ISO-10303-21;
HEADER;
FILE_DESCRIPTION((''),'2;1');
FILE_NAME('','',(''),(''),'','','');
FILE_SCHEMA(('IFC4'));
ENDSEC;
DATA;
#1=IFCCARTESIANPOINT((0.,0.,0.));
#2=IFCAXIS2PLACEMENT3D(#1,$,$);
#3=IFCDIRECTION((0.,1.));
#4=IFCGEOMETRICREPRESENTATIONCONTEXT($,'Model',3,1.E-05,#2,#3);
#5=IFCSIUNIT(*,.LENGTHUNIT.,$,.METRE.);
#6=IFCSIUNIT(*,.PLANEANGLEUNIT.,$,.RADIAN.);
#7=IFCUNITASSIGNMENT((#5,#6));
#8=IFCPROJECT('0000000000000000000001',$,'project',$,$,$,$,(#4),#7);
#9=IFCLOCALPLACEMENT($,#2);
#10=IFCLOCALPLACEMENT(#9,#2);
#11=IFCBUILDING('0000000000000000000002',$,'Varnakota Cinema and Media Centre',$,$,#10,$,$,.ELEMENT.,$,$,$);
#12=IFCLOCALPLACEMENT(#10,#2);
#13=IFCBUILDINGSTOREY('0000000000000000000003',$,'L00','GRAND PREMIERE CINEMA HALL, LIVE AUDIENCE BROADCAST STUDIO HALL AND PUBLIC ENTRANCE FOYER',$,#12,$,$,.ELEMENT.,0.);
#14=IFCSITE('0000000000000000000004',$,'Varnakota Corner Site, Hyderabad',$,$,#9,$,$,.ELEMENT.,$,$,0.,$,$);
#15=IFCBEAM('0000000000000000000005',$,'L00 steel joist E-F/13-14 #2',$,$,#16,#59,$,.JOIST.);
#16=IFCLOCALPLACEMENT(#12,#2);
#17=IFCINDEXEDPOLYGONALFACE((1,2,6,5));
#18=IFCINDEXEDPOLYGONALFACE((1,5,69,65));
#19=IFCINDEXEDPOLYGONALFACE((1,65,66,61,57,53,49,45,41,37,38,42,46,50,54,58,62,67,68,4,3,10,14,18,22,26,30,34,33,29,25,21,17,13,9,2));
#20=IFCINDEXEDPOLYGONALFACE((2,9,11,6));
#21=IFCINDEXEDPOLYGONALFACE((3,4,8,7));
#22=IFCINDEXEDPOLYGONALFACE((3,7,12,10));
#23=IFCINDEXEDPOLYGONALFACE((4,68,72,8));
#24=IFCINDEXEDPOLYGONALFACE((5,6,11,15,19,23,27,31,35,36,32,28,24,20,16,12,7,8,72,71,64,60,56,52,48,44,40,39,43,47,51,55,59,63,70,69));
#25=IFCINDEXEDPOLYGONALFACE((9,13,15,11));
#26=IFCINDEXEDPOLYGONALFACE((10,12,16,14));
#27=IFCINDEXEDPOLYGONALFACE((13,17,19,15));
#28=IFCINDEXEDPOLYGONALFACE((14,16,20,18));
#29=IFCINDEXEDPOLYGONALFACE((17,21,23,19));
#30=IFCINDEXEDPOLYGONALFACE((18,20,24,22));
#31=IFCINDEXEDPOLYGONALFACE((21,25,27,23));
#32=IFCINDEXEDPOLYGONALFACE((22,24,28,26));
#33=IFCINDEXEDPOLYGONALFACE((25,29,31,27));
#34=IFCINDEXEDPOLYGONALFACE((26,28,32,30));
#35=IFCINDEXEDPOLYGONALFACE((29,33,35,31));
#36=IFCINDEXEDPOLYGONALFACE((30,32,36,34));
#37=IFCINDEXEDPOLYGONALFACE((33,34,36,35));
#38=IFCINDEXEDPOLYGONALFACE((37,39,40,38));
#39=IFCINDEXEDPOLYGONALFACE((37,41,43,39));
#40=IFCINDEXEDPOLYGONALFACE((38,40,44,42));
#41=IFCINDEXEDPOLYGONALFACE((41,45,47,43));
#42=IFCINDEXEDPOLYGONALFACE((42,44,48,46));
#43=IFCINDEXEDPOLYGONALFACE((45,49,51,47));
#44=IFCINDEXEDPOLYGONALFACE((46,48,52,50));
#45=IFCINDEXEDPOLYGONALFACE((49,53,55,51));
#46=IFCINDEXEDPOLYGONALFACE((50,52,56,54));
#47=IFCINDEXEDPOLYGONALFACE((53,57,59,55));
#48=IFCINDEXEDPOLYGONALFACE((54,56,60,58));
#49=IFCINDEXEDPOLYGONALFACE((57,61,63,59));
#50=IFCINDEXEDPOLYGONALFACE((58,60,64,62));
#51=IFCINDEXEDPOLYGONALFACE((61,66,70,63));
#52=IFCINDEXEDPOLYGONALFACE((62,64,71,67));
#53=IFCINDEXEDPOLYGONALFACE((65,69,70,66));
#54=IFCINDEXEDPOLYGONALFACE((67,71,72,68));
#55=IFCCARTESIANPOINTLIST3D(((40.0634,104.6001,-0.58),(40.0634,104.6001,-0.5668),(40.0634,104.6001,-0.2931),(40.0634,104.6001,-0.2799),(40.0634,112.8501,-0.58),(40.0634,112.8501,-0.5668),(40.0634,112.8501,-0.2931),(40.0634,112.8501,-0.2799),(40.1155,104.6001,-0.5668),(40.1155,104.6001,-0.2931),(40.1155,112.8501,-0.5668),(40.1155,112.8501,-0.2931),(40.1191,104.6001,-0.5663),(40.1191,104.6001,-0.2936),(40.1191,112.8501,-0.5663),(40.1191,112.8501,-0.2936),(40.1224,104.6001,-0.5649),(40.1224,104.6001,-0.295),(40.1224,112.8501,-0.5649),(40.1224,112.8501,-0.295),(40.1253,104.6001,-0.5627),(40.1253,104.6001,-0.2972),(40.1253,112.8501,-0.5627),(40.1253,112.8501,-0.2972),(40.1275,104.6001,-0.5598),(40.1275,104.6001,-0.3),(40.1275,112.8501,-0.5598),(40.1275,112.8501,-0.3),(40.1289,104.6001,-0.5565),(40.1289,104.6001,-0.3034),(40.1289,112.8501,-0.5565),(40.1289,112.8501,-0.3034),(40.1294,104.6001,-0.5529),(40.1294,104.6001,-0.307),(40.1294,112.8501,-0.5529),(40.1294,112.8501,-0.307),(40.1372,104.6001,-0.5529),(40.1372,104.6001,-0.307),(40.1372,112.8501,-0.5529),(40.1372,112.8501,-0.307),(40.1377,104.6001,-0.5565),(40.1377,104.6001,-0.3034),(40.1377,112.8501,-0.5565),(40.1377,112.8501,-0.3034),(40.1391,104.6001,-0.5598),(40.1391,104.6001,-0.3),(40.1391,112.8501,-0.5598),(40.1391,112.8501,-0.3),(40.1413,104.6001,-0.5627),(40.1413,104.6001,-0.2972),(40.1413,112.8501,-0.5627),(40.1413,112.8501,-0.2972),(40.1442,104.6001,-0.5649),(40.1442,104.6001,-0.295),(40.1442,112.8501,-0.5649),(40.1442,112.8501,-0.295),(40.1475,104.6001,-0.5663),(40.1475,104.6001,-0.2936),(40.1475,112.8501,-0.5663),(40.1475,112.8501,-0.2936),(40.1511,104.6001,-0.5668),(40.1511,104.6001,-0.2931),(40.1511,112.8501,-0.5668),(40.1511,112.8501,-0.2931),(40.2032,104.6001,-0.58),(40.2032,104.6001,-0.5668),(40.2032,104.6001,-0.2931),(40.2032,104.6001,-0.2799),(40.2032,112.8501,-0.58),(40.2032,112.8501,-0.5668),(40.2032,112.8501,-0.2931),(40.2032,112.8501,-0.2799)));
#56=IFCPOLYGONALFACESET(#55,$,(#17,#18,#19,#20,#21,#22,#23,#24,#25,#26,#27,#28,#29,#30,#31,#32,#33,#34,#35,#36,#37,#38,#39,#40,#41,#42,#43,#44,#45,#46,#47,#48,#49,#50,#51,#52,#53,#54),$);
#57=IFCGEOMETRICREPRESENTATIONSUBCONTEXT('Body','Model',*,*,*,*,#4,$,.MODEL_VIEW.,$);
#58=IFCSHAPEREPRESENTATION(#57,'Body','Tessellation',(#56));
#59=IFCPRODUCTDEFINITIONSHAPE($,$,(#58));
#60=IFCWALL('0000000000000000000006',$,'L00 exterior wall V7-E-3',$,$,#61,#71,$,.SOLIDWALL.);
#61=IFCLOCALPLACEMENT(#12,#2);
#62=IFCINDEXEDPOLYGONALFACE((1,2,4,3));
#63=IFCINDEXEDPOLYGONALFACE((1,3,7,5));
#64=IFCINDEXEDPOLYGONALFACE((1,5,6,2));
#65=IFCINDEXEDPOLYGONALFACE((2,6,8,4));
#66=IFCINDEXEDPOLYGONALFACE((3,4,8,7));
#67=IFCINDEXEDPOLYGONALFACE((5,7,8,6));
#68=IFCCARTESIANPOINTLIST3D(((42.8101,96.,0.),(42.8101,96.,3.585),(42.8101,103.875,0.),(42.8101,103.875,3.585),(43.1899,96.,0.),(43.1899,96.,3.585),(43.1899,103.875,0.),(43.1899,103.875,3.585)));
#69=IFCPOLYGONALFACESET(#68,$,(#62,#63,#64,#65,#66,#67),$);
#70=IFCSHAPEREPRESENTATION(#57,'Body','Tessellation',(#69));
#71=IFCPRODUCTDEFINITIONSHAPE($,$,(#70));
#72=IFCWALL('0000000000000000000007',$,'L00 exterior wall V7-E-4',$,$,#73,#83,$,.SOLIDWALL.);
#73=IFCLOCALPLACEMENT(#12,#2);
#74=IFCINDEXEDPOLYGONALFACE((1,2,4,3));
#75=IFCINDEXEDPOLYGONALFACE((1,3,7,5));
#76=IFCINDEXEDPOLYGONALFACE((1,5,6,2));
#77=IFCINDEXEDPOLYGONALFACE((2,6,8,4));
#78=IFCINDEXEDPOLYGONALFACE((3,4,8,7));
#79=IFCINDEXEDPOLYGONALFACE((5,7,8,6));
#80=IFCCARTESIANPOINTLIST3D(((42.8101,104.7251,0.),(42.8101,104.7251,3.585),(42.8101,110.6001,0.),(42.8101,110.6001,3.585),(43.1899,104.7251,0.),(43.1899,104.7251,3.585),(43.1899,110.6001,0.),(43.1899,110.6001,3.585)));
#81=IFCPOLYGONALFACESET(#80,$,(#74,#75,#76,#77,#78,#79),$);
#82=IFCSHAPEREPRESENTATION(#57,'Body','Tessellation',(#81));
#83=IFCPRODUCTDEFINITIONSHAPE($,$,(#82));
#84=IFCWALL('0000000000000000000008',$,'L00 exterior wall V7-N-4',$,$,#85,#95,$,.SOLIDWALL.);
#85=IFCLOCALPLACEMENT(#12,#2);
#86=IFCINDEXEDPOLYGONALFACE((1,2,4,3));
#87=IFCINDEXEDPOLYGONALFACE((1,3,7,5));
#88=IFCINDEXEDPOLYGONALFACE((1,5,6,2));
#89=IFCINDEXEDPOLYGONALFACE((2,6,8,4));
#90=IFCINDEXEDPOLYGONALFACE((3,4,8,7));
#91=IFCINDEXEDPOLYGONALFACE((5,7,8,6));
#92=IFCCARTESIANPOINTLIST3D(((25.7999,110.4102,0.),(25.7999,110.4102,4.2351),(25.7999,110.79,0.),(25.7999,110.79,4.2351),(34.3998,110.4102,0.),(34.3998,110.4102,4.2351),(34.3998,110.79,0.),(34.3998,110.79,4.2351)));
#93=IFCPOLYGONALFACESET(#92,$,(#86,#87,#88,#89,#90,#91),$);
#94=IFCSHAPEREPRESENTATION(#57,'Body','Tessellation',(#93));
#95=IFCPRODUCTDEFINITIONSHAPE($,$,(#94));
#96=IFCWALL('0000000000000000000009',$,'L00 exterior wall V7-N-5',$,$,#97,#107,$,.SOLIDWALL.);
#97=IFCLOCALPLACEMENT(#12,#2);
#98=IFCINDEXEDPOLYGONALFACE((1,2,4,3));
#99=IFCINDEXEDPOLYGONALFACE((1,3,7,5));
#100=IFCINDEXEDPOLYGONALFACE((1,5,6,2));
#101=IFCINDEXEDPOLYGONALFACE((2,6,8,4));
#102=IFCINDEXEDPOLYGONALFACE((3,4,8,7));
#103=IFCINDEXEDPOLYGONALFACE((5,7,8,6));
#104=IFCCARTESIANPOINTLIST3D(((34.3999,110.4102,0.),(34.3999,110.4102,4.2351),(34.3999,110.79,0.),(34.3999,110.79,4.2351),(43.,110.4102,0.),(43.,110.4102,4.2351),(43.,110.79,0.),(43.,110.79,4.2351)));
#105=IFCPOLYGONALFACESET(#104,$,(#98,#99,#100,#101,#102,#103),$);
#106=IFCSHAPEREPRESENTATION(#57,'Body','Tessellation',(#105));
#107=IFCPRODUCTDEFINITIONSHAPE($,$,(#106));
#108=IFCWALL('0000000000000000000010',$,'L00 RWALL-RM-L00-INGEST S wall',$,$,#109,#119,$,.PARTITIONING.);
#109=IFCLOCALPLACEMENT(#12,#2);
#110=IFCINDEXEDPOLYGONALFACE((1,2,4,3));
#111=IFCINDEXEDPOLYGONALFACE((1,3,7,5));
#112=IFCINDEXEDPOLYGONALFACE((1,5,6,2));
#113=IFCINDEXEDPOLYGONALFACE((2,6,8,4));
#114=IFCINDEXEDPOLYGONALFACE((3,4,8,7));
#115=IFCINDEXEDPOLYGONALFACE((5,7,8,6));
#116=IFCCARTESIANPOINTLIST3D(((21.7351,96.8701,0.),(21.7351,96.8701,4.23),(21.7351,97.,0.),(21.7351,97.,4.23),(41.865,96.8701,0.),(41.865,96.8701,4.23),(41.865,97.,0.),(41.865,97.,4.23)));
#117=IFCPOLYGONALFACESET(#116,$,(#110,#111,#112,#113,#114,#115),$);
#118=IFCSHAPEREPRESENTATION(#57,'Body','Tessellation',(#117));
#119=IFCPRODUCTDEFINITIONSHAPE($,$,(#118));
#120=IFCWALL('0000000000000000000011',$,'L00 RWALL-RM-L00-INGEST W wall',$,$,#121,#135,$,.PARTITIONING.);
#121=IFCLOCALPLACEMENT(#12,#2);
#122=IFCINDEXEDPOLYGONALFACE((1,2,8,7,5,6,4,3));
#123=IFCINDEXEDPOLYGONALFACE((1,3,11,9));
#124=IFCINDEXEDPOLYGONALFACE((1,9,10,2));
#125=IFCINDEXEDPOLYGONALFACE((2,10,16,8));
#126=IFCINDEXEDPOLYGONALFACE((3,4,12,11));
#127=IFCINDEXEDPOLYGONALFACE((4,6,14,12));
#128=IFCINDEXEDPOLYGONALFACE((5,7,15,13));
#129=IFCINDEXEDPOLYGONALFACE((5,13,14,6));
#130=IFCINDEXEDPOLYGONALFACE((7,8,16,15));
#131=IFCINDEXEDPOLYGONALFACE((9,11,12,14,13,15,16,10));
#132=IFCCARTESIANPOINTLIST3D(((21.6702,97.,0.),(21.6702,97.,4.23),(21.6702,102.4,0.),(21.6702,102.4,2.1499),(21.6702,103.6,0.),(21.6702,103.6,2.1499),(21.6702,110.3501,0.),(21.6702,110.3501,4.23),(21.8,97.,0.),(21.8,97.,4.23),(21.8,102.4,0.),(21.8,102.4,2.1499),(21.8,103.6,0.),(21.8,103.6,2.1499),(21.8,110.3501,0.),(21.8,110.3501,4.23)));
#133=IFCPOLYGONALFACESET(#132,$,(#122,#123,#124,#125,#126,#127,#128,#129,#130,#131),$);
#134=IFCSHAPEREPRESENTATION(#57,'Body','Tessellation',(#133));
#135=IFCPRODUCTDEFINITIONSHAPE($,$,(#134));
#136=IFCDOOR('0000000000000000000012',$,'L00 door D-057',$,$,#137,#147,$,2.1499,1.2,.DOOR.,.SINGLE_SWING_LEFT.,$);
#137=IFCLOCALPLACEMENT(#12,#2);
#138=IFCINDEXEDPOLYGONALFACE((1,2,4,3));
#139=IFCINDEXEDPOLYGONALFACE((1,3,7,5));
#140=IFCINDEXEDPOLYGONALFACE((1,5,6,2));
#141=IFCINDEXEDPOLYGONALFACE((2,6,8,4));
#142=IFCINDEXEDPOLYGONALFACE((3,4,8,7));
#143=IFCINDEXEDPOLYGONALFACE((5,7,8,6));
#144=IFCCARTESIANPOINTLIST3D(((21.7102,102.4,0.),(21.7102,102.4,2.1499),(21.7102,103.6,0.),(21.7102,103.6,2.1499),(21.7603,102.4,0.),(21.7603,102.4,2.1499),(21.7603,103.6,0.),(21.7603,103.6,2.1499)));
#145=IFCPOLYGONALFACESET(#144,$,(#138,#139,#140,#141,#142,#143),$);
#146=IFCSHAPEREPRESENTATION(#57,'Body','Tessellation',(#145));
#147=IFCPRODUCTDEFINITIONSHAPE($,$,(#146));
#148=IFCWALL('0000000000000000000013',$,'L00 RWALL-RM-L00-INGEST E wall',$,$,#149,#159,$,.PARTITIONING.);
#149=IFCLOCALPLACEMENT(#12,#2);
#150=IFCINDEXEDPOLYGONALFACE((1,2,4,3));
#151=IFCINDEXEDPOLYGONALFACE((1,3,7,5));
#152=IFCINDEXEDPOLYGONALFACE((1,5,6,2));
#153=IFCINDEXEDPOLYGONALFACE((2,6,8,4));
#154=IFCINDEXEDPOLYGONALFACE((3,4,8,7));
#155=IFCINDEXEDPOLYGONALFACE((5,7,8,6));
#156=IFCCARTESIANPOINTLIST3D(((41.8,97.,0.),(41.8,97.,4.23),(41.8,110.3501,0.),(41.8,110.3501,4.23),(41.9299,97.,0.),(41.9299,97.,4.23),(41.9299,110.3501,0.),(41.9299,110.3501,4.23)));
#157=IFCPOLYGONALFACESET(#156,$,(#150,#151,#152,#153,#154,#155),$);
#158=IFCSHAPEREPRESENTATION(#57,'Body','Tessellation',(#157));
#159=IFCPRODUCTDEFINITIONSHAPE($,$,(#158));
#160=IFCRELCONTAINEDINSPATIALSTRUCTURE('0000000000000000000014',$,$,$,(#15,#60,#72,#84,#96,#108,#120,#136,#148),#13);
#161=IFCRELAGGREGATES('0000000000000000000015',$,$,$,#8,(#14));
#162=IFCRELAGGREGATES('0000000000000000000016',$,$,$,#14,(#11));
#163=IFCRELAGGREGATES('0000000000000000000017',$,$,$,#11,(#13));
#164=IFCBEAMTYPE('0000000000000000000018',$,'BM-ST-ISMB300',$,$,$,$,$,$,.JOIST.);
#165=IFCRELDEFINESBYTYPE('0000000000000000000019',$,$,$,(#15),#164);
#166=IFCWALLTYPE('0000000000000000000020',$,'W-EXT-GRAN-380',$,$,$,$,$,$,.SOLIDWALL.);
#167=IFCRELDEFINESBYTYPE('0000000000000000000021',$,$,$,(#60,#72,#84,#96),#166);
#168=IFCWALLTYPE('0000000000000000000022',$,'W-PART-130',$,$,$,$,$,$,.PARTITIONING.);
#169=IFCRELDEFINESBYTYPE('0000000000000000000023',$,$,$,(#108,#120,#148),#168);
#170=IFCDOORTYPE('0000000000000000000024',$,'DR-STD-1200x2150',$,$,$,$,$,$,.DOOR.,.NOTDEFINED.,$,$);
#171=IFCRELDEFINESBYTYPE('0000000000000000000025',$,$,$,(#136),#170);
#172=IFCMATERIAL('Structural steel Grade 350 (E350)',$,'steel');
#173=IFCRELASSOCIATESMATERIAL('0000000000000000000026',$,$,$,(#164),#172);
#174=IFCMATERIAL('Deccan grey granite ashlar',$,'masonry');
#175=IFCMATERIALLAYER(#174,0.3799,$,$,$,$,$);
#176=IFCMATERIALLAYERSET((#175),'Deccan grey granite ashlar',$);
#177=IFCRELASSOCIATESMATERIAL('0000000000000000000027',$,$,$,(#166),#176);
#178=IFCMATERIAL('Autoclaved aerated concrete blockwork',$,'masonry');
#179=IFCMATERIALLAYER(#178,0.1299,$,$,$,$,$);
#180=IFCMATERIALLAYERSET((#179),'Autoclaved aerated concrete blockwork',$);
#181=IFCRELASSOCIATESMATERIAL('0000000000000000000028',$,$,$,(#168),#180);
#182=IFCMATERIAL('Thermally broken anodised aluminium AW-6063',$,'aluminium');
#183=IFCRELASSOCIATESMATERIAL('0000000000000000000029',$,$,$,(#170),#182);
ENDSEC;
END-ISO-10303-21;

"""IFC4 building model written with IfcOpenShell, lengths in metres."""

from ifc_helpers import new_model, si_unit, direction, frame, frame_2d, origin, origin_2d, place, context, subcontext, project, spatial, rectangle, i_section, extrude, material, layer, layer_set, material_profile, profile_set, type_object, element, fill, save


model = new_model("IFC4")

# Units and contexts
model_context = context("Model", 3, precision=1e-05, world=origin(), true_north=direction((0.0, 1.0)))
body_context = subcontext(model_context, "Body", "Model", "MODEL_VIEW")
ifc_project = project(units=[si_unit("LENGTHUNIT", "METRE"), si_unit("PLANEANGLEUNIT", "RADIAN")], contexts=[model_context])

# Site, building, storey
site_placement = place(None, origin())
site = spatial("IfcSite", under=ifc_project, at=site_placement, Name="Varnakota Corner Site, Hyderabad", CompositionType="ELEMENT", RefElevation=0.0)
building_placement = place(site_placement, origin())
building = spatial("IfcBuilding", under=site, at=building_placement, Name="Varnakota Cinema and Media Centre", CompositionType="ELEMENT")
storey_placement = place(building_placement, origin())
storey = spatial("IfcBuildingStorey", under=building, at=storey_placement, Name="L00", Description="GRAND PREMIERE CINEMA HALL, LIVE AUDIENCE BROADCAST STUDIO HALL AND PUBLIC ENTRANCE FOYER", CompositionType="ELEMENT", Elevation=0.0)

# Beam
ifc_material_1 = material(Name="Structural steel Grade 350 (E350)", Category="steel")
ifc_material_profile_1 = material_profile(ifc_material_1, i_section(OverallWidth=0.1399, OverallDepth=0.3, WebThickness=0.0078, FlangeThickness=0.0132, FilletRadius=0.0139, at=origin_2d()), Name="ISMB 300")
ifc_profile_set_1 = profile_set([ifc_material_profile_1], Name="Structural steel Grade 350 (E350)")
beam_type_1 = type_object("IfcBeamType", Name="BM-ST-ISMB300", PredefinedType="JOIST", material=ifc_profile_set_1)
for number, where, z_axis, x_axis, name in (
    (1, (40.1333, 104.6001, -0.4299), (0.0, 1.0, 0.0), (-1.0, 0.0, 0.0), "L00 steel joist E-F/13-14 #2"),
):
    element("IfcBeam", number, at=place(storey_placement, frame(where, z_axis=z_axis, x_axis=x_axis)), inside=storey, type_object=beam_type_1, Name=name, PredefinedType="JOIST", context=body_context, shape_type="SweptSolid", body=[
        extrude(i_section(OverallWidth=0.1399, OverallDepth=0.3, WebThickness=0.0078, FlangeThickness=0.0132, FilletRadius=0.0139, at=origin_2d()), origin(), (0.0, 0.0, 1.0), 8.25),
    ])

# Walls
ifc_material_2 = material(Name="Deccan grey granite ashlar", Category="masonry")
ifc_layer_1 = layer(ifc_material_2, 0.3799)
ifc_layer_set_1 = layer_set([ifc_layer_1], Name="Deccan grey granite ashlar")
wall_type_1 = type_object("IfcWallType", Name="W-EXT-GRAN-380", PredefinedType="SOLIDWALL", material=ifc_layer_set_1)
wall_1_placement = place(storey_placement, frame((43.0, 96.0, 0.0), z_axis=(0.0, 0.0, 1.0), x_axis=(0.0, 1.0, 0.0)))
element("IfcWall", 2, at=wall_1_placement, inside=storey, type_object=wall_type_1, Name="L00 exterior wall V7-E-3", PredefinedType="SOLIDWALL", context=body_context, shape_type="SweptSolid", body=[
    extrude(rectangle(XDim=7.875, YDim=0.3799, at=frame_2d((3.9375, 0.0))), origin(), (0.0, 0.0, 1.0), 3.585),
])
wall_2_placement = place(storey_placement, frame((43.0, 104.7251, 0.0), z_axis=(0.0, 0.0, 1.0), x_axis=(0.0, 1.0, 0.0)))
element("IfcWall", 3, at=wall_2_placement, inside=storey, type_object=wall_type_1, Name="L00 exterior wall V7-E-4", PredefinedType="SOLIDWALL", context=body_context, shape_type="SweptSolid", body=[
    extrude(rectangle(XDim=5.875, YDim=0.3799, at=frame_2d((2.9375, 0.0))), origin(), (0.0, 0.0, 1.0), 3.585),
])
wall_3_placement = place(storey_placement, frame((25.8, 110.6001, 0.0), z_axis=(0.0, 0.0, 1.0), x_axis=(1.0, 0.0, 0.0)))
element("IfcWall", 4, at=wall_3_placement, inside=storey, type_object=wall_type_1, Name="L00 exterior wall V7-N-4", PredefinedType="SOLIDWALL", context=body_context, shape_type="SweptSolid", body=[
    extrude(rectangle(XDim=8.5999, YDim=0.3799, at=frame_2d((4.2998, 0.0))), origin(), (0.0, 0.0, 1.0), 4.2351),
])
wall_4_placement = place(storey_placement, frame((34.3999, 110.6001, 0.0), z_axis=(0.0, 0.0, 1.0), x_axis=(1.0, 0.0, 0.0)))
element("IfcWall", 5, at=wall_4_placement, inside=storey, type_object=wall_type_1, Name="L00 exterior wall V7-N-5", PredefinedType="SOLIDWALL", context=body_context, shape_type="SweptSolid", body=[
    extrude(rectangle(XDim=8.6001, YDim=0.3799, at=frame_2d((4.3, 0.0))), origin(), (0.0, 0.0, 1.0), 4.2351),
])
ifc_material_3 = material(Name="Autoclaved aerated concrete blockwork", Category="masonry")
ifc_layer_2 = layer(ifc_material_3, 0.1299)
ifc_layer_set_2 = layer_set([ifc_layer_2], Name="Autoclaved aerated concrete blockwork")
wall_type_2 = type_object("IfcWallType", Name="W-PART-130", PredefinedType="PARTITIONING", material=ifc_layer_set_2)
wall_5_placement = place(storey_placement, frame((41.865, 96.9351, 0.0), z_axis=(0.0, 0.0, 1.0), x_axis=(-1.0, 0.0, 0.0)))
element("IfcWall", 6, at=wall_5_placement, inside=storey, type_object=wall_type_2, Name="L00 RWALL-RM-L00-INGEST S wall", PredefinedType="PARTITIONING", context=body_context, shape_type="SweptSolid", body=[
    extrude(rectangle(XDim=20.1299, YDim=0.1299, at=frame_2d((10.0649, 0.0))), origin(), (0.0, 0.0, 1.0), 4.23),
])

# Wall, opening, door
wall_6_placement = place(storey_placement, frame((21.7351, 97.0, 0.0), z_axis=(0.0, 0.0, 1.0), x_axis=(0.0, 1.0, 0.0)))
wall_6 = element("IfcWall", 7, at=wall_6_placement, inside=storey, type_object=wall_type_2, Name="L00 RWALL-RM-L00-INGEST W wall", PredefinedType="PARTITIONING", context=body_context, shape_type="SweptSolid", body=[
    extrude(rectangle(XDim=13.3501, YDim=0.1299, at=frame_2d((6.675, 0.0))), origin(), (0.0, 0.0, 1.0), 4.23),
])
opening_placement = place(wall_6_placement, frame((5.3999, 0.0, 0.0)))
opening = element("IfcOpeningElement", 8, at=opening_placement, cuts=wall_6, PredefinedType="OPENING", context=body_context, shape_type="SweptSolid", body=[
    extrude(rectangle(XDim=1.2, YDim=2.1499, at=frame_2d((0.6001, 1.075))), frame((0.0, 0.0649, 0.0), z_axis=(0.0, -1.0, 0.0), x_axis=(1.0, 0.0, 0.0)), (0.0, 0.0, 1.0), 0.1299),
])
ifc_material_4 = material(Name="Thermally broken anodised aluminium AW-6063", Category="aluminium")
door_type = type_object("IfcDoorType", Name="DR-STD-1200x2150", OperationType="NOTDEFINED", PredefinedType="DOOR", material=ifc_material_4)
door_placement = place(opening_placement, origin())
door = element("IfcDoor", 9, at=door_placement, inside=storey, type_object=door_type, Name="L00 door D-057", OperationType="SINGLE_SWING_LEFT", OverallHeight=2.1499, OverallWidth=1.2, PredefinedType="DOOR", context=body_context, shape_type="SweptSolid", body=[
    extrude(rectangle(XDim=1.2, YDim=2.1499, at=frame_2d((0.6001, 1.075))), frame((0.0, 0.0249, 0.0), z_axis=(0.0, -1.0, 0.0), x_axis=(1.0, 0.0, 0.0)), (0.0, 0.0, 1.0), 0.05),
])
fill(opening, door)

# Wall
wall_7_placement = place(storey_placement, frame((41.865, 110.3501, 0.0), z_axis=(0.0, 0.0, 1.0), x_axis=(0.0, -1.0, 0.0)))
element("IfcWall", 10, at=wall_7_placement, inside=storey, type_object=wall_type_2, Name="L00 RWALL-RM-L00-INGEST E wall", PredefinedType="PARTITIONING", context=body_context, shape_type="SweptSolid", body=[
    extrude(rectangle(XDim=13.3501, YDim=0.1299, at=frame_2d((6.675, 0.0))), origin(), (0.0, 0.0, 1.0), 4.23),
])

save(model, "model.ifc")
